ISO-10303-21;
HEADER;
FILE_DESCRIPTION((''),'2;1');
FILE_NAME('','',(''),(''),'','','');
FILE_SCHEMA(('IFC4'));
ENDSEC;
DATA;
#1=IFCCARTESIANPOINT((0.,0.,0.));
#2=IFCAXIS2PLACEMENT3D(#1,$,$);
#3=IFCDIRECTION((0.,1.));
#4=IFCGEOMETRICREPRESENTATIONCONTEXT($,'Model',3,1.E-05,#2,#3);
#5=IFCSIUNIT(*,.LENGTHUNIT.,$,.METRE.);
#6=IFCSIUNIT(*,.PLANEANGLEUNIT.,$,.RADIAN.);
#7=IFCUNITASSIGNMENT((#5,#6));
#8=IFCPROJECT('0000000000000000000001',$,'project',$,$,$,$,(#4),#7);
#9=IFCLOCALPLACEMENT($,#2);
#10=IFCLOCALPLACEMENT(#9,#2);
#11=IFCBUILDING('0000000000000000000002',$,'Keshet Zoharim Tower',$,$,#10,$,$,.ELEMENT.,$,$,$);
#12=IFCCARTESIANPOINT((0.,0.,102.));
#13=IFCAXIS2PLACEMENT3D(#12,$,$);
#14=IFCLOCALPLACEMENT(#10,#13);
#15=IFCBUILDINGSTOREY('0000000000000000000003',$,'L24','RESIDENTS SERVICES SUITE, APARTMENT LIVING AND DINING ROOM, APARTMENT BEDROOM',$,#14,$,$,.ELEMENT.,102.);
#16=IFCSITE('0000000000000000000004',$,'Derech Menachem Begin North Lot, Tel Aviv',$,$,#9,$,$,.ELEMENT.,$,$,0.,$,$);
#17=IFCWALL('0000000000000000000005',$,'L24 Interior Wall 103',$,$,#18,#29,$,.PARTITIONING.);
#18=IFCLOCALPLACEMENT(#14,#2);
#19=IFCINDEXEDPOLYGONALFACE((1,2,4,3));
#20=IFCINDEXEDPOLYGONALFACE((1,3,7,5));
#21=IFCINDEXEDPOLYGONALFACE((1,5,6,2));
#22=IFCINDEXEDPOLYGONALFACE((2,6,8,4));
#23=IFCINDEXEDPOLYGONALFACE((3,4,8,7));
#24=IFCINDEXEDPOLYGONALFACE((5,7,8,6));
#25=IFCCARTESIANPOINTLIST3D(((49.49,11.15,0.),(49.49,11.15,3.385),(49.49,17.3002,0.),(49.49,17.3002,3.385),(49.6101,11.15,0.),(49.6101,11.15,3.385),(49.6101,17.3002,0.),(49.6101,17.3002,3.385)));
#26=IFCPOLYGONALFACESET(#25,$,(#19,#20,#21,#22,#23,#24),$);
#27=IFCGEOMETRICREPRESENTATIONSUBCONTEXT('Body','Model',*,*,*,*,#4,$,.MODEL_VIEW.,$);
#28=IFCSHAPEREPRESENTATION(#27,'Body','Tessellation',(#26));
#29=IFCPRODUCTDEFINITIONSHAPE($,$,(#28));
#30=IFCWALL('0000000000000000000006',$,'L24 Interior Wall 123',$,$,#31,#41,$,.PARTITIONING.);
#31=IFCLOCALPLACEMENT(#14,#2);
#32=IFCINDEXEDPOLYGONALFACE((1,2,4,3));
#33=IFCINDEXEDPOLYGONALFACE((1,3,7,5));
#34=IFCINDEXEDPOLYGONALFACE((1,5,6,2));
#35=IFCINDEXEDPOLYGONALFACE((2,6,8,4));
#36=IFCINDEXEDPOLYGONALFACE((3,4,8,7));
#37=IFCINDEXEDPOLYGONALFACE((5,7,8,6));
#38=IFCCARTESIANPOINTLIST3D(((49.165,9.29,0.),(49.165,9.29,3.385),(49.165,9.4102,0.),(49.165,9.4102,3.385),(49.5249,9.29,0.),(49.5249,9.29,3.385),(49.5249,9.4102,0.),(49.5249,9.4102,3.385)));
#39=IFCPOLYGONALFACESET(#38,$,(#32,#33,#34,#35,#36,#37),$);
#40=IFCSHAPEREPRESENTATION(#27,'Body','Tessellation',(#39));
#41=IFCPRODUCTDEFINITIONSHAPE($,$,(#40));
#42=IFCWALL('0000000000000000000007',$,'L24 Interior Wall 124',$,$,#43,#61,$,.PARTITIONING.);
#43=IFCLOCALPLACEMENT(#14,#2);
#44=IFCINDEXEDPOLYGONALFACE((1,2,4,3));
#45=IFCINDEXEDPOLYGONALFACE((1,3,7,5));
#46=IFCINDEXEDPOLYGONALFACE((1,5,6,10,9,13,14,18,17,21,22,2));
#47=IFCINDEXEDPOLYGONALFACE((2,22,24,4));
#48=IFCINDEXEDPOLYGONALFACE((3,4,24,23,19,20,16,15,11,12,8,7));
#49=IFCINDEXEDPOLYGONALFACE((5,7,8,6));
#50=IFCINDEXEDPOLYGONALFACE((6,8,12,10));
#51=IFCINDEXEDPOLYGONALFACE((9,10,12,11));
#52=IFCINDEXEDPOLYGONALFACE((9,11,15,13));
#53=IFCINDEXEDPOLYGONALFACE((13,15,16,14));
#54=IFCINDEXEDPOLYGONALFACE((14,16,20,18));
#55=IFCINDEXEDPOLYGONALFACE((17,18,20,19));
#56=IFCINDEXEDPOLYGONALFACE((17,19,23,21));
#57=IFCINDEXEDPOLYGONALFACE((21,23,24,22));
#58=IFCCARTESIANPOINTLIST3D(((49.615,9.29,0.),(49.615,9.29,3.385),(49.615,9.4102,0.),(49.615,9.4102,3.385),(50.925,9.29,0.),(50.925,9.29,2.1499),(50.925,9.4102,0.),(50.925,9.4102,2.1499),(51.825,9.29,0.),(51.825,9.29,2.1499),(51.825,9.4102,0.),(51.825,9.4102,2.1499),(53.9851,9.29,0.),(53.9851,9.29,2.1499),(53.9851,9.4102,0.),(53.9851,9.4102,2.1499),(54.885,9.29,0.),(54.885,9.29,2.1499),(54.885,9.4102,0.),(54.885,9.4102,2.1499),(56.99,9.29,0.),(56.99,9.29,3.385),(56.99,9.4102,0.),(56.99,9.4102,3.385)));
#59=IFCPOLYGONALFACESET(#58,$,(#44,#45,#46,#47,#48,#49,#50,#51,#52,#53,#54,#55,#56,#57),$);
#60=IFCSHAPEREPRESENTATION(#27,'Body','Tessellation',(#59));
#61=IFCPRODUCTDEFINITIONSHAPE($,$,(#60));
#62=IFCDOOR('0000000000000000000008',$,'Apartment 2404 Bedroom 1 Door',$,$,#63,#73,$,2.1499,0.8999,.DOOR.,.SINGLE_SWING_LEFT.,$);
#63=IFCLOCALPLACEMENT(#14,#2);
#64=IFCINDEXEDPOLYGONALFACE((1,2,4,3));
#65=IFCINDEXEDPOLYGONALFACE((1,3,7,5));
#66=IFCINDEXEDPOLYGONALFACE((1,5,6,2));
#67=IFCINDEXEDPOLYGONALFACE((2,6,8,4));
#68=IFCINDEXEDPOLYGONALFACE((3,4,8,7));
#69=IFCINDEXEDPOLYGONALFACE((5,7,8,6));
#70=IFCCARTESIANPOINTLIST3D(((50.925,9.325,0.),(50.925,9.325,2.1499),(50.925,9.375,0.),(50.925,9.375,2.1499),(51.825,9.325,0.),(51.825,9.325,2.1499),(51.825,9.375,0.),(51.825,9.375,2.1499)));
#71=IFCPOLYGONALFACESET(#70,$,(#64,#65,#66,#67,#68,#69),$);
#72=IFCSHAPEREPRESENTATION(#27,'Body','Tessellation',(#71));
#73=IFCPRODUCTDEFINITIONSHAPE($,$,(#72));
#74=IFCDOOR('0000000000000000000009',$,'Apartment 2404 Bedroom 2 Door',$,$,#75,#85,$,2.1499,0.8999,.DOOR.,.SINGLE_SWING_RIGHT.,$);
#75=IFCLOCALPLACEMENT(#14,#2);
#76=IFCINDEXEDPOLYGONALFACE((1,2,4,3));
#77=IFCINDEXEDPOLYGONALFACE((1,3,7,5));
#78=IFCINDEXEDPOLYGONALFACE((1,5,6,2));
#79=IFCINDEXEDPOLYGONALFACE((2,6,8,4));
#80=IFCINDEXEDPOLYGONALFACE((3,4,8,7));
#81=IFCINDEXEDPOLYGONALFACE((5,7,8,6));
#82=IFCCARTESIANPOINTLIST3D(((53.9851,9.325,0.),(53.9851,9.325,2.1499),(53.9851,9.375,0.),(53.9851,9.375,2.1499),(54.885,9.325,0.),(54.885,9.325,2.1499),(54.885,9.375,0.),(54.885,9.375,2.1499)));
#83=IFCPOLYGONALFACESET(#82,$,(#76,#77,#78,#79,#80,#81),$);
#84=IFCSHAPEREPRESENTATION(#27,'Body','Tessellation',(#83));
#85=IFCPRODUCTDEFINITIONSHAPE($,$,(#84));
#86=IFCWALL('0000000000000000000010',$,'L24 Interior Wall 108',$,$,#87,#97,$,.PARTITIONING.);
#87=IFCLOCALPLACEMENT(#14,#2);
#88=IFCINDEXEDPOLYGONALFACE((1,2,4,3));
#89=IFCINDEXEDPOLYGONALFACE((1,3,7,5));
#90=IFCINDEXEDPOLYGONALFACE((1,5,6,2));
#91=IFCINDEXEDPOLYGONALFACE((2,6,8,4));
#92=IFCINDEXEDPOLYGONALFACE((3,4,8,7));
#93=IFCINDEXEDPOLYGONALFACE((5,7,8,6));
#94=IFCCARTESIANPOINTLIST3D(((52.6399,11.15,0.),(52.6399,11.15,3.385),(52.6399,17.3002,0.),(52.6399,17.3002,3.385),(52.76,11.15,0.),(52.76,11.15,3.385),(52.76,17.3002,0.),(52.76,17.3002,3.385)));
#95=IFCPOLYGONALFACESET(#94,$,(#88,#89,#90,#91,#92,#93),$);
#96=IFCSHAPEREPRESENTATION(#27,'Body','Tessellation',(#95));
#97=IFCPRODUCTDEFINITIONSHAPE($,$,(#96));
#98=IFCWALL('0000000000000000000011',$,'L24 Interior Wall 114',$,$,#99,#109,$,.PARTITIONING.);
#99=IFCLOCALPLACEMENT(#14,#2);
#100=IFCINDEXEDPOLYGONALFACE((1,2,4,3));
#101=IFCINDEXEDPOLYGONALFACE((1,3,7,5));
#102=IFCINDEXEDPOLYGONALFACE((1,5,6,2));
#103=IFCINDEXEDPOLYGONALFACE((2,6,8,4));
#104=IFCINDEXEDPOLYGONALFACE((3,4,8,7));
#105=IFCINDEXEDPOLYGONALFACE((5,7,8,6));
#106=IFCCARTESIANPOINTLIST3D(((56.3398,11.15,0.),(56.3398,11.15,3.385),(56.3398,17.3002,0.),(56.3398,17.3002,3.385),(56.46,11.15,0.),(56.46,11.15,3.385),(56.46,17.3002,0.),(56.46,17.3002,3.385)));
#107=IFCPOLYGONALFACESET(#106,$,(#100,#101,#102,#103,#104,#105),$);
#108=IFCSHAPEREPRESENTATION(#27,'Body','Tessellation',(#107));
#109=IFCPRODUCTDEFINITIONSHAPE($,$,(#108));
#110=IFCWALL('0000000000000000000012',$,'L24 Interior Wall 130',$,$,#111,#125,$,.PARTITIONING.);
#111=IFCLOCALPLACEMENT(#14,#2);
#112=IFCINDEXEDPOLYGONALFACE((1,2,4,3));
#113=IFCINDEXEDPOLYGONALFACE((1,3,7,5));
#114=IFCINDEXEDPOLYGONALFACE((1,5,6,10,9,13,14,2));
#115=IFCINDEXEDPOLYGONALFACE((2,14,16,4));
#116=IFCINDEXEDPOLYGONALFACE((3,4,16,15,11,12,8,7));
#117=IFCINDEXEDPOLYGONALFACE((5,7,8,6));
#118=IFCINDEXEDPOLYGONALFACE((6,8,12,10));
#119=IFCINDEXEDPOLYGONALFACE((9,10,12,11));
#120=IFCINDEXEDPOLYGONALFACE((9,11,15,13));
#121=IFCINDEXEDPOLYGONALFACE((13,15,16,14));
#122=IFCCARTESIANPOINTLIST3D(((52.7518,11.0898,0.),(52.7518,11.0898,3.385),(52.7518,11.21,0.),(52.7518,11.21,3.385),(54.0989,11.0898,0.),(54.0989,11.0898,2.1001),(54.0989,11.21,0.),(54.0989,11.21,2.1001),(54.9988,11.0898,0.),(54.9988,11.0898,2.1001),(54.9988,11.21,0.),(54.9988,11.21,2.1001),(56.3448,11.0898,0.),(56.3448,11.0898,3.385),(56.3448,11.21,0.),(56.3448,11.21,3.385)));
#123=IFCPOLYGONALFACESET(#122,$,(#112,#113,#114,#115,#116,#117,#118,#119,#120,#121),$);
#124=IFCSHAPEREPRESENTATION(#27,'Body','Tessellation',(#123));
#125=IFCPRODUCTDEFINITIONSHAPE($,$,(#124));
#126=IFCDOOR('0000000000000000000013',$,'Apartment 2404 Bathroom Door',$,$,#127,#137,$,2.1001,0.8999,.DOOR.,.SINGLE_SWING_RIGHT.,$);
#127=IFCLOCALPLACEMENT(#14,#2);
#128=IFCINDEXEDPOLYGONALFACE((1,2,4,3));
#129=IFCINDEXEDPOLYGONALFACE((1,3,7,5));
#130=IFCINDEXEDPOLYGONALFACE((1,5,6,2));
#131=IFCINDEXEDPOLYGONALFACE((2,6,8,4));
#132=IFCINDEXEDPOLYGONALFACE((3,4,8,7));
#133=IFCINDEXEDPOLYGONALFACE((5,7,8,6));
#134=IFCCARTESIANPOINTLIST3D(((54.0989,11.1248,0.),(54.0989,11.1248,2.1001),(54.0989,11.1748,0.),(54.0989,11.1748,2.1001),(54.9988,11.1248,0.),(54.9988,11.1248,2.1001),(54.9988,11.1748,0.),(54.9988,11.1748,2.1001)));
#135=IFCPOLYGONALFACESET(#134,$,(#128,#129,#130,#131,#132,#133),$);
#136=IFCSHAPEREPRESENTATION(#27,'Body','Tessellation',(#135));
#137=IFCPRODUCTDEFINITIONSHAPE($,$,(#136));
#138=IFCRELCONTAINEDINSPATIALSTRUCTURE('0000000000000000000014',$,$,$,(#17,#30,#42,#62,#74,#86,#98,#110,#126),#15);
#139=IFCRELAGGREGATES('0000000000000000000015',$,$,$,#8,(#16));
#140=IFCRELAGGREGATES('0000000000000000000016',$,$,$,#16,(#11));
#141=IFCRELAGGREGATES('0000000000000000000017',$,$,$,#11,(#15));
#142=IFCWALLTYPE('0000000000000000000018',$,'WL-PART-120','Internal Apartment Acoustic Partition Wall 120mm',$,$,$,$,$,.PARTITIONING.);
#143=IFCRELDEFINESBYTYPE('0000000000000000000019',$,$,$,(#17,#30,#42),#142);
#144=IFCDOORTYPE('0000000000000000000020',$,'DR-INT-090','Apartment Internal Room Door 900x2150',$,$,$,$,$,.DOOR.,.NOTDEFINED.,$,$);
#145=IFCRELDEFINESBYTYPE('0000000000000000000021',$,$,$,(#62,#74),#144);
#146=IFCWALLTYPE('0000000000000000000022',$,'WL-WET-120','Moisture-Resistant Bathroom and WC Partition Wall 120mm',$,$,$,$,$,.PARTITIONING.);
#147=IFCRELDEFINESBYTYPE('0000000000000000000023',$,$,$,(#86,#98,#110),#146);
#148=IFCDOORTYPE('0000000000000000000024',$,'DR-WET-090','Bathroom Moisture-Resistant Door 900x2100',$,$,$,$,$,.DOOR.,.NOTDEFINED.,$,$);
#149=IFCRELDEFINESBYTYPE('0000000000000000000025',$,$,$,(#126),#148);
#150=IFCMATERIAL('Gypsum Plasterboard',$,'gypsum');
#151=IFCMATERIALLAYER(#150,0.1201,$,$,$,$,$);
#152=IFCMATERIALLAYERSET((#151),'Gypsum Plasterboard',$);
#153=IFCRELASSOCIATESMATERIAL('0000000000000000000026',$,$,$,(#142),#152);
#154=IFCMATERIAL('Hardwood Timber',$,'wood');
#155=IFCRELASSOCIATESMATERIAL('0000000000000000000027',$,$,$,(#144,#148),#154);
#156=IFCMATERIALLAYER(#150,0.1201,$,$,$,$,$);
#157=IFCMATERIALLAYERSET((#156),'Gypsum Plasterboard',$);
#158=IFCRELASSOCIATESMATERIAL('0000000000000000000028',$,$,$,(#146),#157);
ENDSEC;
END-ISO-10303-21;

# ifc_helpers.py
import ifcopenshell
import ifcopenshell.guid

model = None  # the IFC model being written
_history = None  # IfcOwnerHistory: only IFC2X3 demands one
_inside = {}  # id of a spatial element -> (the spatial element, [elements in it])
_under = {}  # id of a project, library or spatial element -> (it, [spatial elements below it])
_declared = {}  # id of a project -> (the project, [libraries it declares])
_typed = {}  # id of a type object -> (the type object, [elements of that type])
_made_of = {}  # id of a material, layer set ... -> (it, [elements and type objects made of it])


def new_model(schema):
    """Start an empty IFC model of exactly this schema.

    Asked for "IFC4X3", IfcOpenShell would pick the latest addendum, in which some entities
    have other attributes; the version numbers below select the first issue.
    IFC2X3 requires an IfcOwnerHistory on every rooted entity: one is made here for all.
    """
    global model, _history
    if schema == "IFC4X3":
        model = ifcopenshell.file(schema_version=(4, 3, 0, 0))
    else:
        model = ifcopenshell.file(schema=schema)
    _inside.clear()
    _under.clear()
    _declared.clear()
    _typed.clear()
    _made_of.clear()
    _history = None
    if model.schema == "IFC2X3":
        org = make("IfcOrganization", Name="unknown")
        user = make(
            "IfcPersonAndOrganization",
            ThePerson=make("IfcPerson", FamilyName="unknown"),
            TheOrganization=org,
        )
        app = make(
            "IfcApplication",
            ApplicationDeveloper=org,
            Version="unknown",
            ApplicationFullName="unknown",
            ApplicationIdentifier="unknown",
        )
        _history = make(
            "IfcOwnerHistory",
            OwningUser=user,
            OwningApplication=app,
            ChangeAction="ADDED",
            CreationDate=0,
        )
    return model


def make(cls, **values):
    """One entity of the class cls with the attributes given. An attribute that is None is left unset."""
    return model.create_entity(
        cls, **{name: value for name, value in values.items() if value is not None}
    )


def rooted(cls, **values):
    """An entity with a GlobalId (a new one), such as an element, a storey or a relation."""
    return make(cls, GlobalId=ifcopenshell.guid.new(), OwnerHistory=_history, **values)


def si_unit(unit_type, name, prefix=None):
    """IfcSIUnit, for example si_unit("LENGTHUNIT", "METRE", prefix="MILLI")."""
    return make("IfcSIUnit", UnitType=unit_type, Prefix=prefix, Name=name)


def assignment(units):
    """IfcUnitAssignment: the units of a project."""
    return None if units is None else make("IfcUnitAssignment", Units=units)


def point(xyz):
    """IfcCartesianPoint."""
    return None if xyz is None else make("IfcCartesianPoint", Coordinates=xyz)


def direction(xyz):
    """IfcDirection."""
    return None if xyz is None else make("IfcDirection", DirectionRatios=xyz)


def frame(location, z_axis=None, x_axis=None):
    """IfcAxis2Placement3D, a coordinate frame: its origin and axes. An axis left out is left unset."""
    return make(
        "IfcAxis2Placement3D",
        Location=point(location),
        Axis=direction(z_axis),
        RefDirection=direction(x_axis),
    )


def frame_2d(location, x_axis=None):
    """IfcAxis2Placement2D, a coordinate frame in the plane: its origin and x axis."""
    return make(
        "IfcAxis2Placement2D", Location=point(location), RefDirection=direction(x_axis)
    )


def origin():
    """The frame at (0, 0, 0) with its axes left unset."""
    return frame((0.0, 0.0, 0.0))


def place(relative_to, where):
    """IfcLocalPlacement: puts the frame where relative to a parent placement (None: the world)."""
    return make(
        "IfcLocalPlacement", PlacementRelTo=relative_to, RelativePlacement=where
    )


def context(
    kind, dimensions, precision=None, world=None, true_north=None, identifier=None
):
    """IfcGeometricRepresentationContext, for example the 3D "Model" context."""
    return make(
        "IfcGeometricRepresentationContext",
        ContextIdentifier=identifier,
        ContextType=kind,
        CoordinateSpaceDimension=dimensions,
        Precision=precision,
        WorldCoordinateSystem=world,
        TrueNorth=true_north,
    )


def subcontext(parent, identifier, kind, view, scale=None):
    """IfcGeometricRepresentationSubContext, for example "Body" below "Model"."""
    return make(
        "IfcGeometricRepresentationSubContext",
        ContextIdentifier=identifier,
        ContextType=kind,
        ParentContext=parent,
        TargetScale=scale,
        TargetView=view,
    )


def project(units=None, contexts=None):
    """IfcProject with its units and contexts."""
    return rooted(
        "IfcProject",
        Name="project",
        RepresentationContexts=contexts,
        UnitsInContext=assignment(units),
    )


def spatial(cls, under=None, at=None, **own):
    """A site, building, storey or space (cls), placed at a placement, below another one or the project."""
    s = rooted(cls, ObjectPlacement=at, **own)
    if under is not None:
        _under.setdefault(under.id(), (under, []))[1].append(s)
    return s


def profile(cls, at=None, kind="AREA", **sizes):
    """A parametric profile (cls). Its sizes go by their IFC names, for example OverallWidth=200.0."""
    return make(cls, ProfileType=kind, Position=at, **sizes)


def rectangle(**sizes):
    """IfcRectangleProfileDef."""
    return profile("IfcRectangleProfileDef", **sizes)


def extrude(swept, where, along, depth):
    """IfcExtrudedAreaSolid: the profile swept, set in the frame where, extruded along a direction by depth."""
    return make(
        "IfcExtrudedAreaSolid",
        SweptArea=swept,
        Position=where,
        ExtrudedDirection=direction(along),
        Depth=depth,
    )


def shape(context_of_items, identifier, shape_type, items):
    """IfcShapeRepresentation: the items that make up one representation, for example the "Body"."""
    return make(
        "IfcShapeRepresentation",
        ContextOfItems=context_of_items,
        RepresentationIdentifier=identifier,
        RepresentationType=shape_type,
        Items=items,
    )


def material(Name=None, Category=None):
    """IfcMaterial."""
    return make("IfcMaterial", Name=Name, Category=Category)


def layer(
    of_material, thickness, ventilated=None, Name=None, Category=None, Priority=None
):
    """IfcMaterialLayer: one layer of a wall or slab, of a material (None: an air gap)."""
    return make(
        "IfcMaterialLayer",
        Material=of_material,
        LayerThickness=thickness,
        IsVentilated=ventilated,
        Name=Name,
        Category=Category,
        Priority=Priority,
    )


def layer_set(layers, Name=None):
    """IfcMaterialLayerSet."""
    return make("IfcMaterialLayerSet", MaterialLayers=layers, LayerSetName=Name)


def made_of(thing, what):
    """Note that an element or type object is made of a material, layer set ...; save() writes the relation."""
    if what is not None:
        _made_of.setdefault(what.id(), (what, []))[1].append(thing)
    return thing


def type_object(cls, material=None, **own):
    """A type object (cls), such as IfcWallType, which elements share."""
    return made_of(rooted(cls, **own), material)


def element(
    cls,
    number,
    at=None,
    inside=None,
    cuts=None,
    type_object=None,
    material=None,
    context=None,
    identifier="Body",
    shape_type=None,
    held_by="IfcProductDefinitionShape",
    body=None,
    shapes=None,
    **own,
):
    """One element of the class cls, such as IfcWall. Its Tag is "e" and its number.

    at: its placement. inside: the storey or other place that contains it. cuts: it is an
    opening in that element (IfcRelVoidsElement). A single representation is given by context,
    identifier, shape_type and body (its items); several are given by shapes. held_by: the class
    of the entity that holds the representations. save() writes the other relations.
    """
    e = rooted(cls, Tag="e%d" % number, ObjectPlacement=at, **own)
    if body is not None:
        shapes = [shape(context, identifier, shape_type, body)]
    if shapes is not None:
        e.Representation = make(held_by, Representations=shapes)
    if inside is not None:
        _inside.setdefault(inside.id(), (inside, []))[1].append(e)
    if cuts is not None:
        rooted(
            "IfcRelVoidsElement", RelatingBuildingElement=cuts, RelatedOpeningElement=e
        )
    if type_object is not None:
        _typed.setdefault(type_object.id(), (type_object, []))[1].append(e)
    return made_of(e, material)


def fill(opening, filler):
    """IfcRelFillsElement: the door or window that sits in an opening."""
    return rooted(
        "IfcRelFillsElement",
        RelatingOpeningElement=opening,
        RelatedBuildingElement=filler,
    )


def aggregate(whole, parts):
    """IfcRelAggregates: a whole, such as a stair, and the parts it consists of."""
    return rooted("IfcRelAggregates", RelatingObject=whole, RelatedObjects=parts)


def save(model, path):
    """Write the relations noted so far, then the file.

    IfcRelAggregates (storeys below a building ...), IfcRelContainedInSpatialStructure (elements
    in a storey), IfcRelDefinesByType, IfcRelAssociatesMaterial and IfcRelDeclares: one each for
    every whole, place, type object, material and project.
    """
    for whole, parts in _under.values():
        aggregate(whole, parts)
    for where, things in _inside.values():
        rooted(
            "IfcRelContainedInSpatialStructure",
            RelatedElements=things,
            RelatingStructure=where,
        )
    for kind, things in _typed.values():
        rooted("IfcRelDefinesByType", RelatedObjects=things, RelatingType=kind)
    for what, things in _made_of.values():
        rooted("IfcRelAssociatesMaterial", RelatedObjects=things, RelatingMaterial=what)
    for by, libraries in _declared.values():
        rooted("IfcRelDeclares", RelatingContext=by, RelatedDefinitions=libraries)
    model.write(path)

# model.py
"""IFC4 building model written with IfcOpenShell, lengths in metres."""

from ifc_helpers import new_model, si_unit, direction, frame, frame_2d, origin, place, context, subcontext, project, spatial, rectangle, extrude, material, layer, layer_set, type_object, element, fill, save


model = new_model("IFC4")

# Units and contexts
model_context = context("Model", 3, precision=1e-05, world=origin(), true_north=direction((0.0, 1.0)))
body_context = subcontext(model_context, "Body", "Model", "MODEL_VIEW")
ifc_project = project(units=[si_unit("LENGTHUNIT", "METRE"), si_unit("PLANEANGLEUNIT", "RADIAN")], contexts=[model_context])

# Site, building, storey
site_placement = place(None, origin())
site = spatial("IfcSite", under=ifc_project, at=site_placement, Name="Derech Menachem Begin North Lot, Tel Aviv", CompositionType="ELEMENT", RefElevation=0.0)
building_placement = place(site_placement, origin())
building = spatial("IfcBuilding", under=site, at=building_placement, Name="Keshet Zoharim Tower", CompositionType="ELEMENT")
storey_placement = place(building_placement, frame((0.0, 0.0, 102.0)))
storey = spatial("IfcBuildingStorey", under=building, at=storey_placement, Name="L24", Description="RESIDENTS SERVICES SUITE, APARTMENT LIVING AND DINING ROOM, APARTMENT BEDROOM", CompositionType="ELEMENT", Elevation=102.0)

# Shared definitions
ifc_material_1 = material(Name="Gypsum Plasterboard", Category="gypsum")
ifc_material_2 = material(Name="Hardwood Timber", Category="wood")

# Walls
ifc_layer_1 = layer(ifc_material_1, 0.1201)
ifc_layer_set_1 = layer_set([ifc_layer_1], Name="Gypsum Plasterboard")
wall_type_1 = type_object("IfcWallType", Name="WL-PART-120", Description="Internal Apartment Acoustic Partition Wall 120mm", PredefinedType="PARTITIONING", material=ifc_layer_set_1)
wall_1_placement = place(storey_placement, frame((49.55, 11.1499, 0.0), z_axis=(0.0, 0.0, 1.0), x_axis=(0.0, 1.0, 0.0)))
element("IfcWall", 1, at=wall_1_placement, inside=storey, type_object=wall_type_1, Name="L24 Interior Wall 103", PredefinedType="PARTITIONING", context=body_context, shape_type="SweptSolid", body=[
    extrude(rectangle(XDim=6.1501, YDim=0.1201, at=frame_2d((3.0752, 0.0))), origin(), (0.0, 0.0, 1.0), 3.385),
])
wall_2_placement = place(storey_placement, frame((49.165, 9.3501, 0.0), z_axis=(0.0, 0.0, 1.0), x_axis=(1.0, 0.0, 0.0)))
element("IfcWall", 2, at=wall_2_placement, inside=storey, type_object=wall_type_1, Name="L24 Interior Wall 123", PredefinedType="PARTITIONING", context=body_context, shape_type="SweptSolid", body=[
    extrude(rectangle(XDim=0.3599, YDim=0.1201, at=frame_2d((0.1799, 0.0))), origin(), (0.0, 0.0, 1.0), 3.385),
])

# Wall, openings, doors
wall_3_placement = place(storey_placement, frame((49.615, 9.3501, 0.0), z_axis=(0.0, 0.0, 1.0), x_axis=(1.0, 0.0, 0.0)))
wall_3 = element("IfcWall", 3, at=wall_3_placement, inside=storey, type_object=wall_type_1, Name="L24 Interior Wall 124", PredefinedType="PARTITIONING", context=body_context, shape_type="SweptSolid", body=[
    extrude(rectangle(XDim=7.375, YDim=0.1201, at=frame_2d((3.6875, 0.0))), origin(), (0.0, 0.0, 1.0), 3.385),
])
opening_1_placement = place(wall_3_placement, frame((1.3101, 0.0, 0.0)))
opening_1 = element("IfcOpeningElement", 4, at=opening_1_placement, cuts=wall_3, PredefinedType="OPENING", context=body_context, shape_type="SweptSolid", body=[
    extrude(rectangle(XDim=0.8999, YDim=2.1499, at=frame_2d((0.45, 1.075))), frame((0.0, 0.0701, 0.0), z_axis=(0.0, -1.0, 0.0), x_axis=(1.0, 0.0, 0.0)), (0.0, 0.0, 1.0), 0.1401),
])
opening_2_placement = place(wall_3_placement, frame((4.3701, 0.0, 0.0)))
opening_2 = element("IfcOpeningElement", 5, at=opening_2_placement, cuts=wall_3, PredefinedType="OPENING", context=body_context, shape_type="SweptSolid", body=[
    extrude(rectangle(XDim=0.8999, YDim=2.1499, at=frame_2d((0.45, 1.075))), frame((0.0, 0.0701, 0.0), z_axis=(0.0, -1.0, 0.0), x_axis=(1.0, 0.0, 0.0)), (0.0, 0.0, 1.0), 0.1401),
])
door_type_1 = type_object("IfcDoorType", Name="DR-INT-090", Description="Apartment Internal Room Door 900x2150", OperationType="NOTDEFINED", PredefinedType="DOOR", material=ifc_material_2)
door_1_placement = place(opening_1_placement, origin())
door_1 = element("IfcDoor", 6, at=door_1_placement, inside=storey, type_object=door_type_1, Name="Apartment 2404 Bedroom 1 Door", OperationType="SINGLE_SWING_LEFT", OverallHeight=2.1499, OverallWidth=0.8999, PredefinedType="DOOR", context=body_context, shape_type="SweptSolid", body=[
    extrude(rectangle(XDim=0.8999, YDim=2.1499, at=frame_2d((0.45, 1.075))), frame((0.0, 0.0249, 0.0), z_axis=(0.0, -1.0, 0.0), x_axis=(1.0, 0.0, 0.0)), (0.0, 0.0, 1.0), 0.05),
])
fill(opening_1, door_1)
door_2_placement = place(opening_2_placement, origin())
door_2 = element("IfcDoor", 7, at=door_2_placement, inside=storey, type_object=door_type_1, Name="Apartment 2404 Bedroom 2 Door", OperationType="SINGLE_SWING_RIGHT", OverallHeight=2.1499, OverallWidth=0.8999, PredefinedType="DOOR", context=body_context, shape_type="SweptSolid", body=[
    extrude(rectangle(XDim=0.8999, YDim=2.1499, at=frame_2d((0.45, 1.075))), frame((0.0, 0.0249, 0.0), z_axis=(0.0, -1.0, 0.0), x_axis=(1.0, 0.0, 0.0)), (0.0, 0.0, 1.0), 0.05),
])
fill(opening_2, door_2)

# Walls
ifc_layer_2 = layer(ifc_material_1, 0.1201)
ifc_layer_set_2 = layer_set([ifc_layer_2], Name="Gypsum Plasterboard")
wall_type_2 = type_object("IfcWallType", Name="WL-WET-120", Description="Moisture-Resistant Bathroom and WC Partition Wall 120mm", PredefinedType="PARTITIONING", material=ifc_layer_set_2)
for number, where, z_axis, x_axis, name in (
    (8, (52.7, 11.1499, 0.0), (0.0, 0.0, 1.0), (0.0, 1.0, 0.0), "L24 Interior Wall 108"),
    (9, (56.3999, 11.1499, 0.0), (0.0, 0.0, 1.0), (0.0, 1.0, 0.0), "L24 Interior Wall 114"),
):
    element("IfcWall", number, at=place(storey_placement, frame(where, z_axis=z_axis, x_axis=x_axis)), inside=storey, type_object=wall_type_2, Name=name, PredefinedType="PARTITIONING", context=body_context, shape_type="SweptSolid", body=[
        extrude(rectangle(XDim=6.1501, YDim=0.1201, at=frame_2d((3.0752, 0.0))), origin(), (0.0, 0.0, 1.0), 3.385),
    ])

# Wall, opening, door
wall_4_placement = place(storey_placement, frame((52.752, 11.1499, 0.0), z_axis=(0.0, 0.0, 1.0), x_axis=(1.0, 0.0, 0.0)))
wall_4 = element("IfcWall", 10, at=wall_4_placement, inside=storey, type_object=wall_type_2, Name="L24 Interior Wall 130", PredefinedType="PARTITIONING", context=body_context, shape_type="SweptSolid", body=[
    extrude(rectangle(XDim=3.593, YDim=0.1201, at=frame_2d((1.7964, 0.0))), origin(), (0.0, 0.0, 1.0), 3.385),
])
opening_3_placement = place(wall_4_placement, frame((1.3469, 0.0, 0.0)))
opening_3 = element("IfcOpeningElement", 11, at=opening_3_placement, cuts=wall_4, PredefinedType="OPENING", context=body_context, shape_type="SweptSolid", body=[
    extrude(rectangle(XDim=0.8999, YDim=2.1001, at=frame_2d((0.45, 1.05))), frame((0.0, 0.0701, 0.0), z_axis=(0.0, -1.0, 0.0), x_axis=(1.0, 0.0, 0.0)), (0.0, 0.0, 1.0), 0.1401),
])
door_type_2 = type_object("IfcDoorType", Name="DR-WET-090", Description="Bathroom Moisture-Resistant Door 900x2100", OperationType="NOTDEFINED", PredefinedType="DOOR", material=ifc_material_2)
door_3_placement = place(opening_3_placement, origin())
door_3 = element("IfcDoor", 12, at=door_3_placement, inside=storey, type_object=door_type_2, Name="Apartment 2404 Bathroom Door", OperationType="SINGLE_SWING_RIGHT", OverallHeight=2.1001, OverallWidth=0.8999, PredefinedType="DOOR", context=body_context, shape_type="SweptSolid", body=[
    extrude(rectangle(XDim=0.8999, YDim=2.1001, at=frame_2d((0.45, 1.05))), frame((0.0, 0.0249, 0.0), z_axis=(0.0, -1.0, 0.0), x_axis=(1.0, 0.0, 0.0)), (0.0, 0.0, 1.0), 0.05),
])
fill(opening_3, door_3)

save(model, "model.ifc")
